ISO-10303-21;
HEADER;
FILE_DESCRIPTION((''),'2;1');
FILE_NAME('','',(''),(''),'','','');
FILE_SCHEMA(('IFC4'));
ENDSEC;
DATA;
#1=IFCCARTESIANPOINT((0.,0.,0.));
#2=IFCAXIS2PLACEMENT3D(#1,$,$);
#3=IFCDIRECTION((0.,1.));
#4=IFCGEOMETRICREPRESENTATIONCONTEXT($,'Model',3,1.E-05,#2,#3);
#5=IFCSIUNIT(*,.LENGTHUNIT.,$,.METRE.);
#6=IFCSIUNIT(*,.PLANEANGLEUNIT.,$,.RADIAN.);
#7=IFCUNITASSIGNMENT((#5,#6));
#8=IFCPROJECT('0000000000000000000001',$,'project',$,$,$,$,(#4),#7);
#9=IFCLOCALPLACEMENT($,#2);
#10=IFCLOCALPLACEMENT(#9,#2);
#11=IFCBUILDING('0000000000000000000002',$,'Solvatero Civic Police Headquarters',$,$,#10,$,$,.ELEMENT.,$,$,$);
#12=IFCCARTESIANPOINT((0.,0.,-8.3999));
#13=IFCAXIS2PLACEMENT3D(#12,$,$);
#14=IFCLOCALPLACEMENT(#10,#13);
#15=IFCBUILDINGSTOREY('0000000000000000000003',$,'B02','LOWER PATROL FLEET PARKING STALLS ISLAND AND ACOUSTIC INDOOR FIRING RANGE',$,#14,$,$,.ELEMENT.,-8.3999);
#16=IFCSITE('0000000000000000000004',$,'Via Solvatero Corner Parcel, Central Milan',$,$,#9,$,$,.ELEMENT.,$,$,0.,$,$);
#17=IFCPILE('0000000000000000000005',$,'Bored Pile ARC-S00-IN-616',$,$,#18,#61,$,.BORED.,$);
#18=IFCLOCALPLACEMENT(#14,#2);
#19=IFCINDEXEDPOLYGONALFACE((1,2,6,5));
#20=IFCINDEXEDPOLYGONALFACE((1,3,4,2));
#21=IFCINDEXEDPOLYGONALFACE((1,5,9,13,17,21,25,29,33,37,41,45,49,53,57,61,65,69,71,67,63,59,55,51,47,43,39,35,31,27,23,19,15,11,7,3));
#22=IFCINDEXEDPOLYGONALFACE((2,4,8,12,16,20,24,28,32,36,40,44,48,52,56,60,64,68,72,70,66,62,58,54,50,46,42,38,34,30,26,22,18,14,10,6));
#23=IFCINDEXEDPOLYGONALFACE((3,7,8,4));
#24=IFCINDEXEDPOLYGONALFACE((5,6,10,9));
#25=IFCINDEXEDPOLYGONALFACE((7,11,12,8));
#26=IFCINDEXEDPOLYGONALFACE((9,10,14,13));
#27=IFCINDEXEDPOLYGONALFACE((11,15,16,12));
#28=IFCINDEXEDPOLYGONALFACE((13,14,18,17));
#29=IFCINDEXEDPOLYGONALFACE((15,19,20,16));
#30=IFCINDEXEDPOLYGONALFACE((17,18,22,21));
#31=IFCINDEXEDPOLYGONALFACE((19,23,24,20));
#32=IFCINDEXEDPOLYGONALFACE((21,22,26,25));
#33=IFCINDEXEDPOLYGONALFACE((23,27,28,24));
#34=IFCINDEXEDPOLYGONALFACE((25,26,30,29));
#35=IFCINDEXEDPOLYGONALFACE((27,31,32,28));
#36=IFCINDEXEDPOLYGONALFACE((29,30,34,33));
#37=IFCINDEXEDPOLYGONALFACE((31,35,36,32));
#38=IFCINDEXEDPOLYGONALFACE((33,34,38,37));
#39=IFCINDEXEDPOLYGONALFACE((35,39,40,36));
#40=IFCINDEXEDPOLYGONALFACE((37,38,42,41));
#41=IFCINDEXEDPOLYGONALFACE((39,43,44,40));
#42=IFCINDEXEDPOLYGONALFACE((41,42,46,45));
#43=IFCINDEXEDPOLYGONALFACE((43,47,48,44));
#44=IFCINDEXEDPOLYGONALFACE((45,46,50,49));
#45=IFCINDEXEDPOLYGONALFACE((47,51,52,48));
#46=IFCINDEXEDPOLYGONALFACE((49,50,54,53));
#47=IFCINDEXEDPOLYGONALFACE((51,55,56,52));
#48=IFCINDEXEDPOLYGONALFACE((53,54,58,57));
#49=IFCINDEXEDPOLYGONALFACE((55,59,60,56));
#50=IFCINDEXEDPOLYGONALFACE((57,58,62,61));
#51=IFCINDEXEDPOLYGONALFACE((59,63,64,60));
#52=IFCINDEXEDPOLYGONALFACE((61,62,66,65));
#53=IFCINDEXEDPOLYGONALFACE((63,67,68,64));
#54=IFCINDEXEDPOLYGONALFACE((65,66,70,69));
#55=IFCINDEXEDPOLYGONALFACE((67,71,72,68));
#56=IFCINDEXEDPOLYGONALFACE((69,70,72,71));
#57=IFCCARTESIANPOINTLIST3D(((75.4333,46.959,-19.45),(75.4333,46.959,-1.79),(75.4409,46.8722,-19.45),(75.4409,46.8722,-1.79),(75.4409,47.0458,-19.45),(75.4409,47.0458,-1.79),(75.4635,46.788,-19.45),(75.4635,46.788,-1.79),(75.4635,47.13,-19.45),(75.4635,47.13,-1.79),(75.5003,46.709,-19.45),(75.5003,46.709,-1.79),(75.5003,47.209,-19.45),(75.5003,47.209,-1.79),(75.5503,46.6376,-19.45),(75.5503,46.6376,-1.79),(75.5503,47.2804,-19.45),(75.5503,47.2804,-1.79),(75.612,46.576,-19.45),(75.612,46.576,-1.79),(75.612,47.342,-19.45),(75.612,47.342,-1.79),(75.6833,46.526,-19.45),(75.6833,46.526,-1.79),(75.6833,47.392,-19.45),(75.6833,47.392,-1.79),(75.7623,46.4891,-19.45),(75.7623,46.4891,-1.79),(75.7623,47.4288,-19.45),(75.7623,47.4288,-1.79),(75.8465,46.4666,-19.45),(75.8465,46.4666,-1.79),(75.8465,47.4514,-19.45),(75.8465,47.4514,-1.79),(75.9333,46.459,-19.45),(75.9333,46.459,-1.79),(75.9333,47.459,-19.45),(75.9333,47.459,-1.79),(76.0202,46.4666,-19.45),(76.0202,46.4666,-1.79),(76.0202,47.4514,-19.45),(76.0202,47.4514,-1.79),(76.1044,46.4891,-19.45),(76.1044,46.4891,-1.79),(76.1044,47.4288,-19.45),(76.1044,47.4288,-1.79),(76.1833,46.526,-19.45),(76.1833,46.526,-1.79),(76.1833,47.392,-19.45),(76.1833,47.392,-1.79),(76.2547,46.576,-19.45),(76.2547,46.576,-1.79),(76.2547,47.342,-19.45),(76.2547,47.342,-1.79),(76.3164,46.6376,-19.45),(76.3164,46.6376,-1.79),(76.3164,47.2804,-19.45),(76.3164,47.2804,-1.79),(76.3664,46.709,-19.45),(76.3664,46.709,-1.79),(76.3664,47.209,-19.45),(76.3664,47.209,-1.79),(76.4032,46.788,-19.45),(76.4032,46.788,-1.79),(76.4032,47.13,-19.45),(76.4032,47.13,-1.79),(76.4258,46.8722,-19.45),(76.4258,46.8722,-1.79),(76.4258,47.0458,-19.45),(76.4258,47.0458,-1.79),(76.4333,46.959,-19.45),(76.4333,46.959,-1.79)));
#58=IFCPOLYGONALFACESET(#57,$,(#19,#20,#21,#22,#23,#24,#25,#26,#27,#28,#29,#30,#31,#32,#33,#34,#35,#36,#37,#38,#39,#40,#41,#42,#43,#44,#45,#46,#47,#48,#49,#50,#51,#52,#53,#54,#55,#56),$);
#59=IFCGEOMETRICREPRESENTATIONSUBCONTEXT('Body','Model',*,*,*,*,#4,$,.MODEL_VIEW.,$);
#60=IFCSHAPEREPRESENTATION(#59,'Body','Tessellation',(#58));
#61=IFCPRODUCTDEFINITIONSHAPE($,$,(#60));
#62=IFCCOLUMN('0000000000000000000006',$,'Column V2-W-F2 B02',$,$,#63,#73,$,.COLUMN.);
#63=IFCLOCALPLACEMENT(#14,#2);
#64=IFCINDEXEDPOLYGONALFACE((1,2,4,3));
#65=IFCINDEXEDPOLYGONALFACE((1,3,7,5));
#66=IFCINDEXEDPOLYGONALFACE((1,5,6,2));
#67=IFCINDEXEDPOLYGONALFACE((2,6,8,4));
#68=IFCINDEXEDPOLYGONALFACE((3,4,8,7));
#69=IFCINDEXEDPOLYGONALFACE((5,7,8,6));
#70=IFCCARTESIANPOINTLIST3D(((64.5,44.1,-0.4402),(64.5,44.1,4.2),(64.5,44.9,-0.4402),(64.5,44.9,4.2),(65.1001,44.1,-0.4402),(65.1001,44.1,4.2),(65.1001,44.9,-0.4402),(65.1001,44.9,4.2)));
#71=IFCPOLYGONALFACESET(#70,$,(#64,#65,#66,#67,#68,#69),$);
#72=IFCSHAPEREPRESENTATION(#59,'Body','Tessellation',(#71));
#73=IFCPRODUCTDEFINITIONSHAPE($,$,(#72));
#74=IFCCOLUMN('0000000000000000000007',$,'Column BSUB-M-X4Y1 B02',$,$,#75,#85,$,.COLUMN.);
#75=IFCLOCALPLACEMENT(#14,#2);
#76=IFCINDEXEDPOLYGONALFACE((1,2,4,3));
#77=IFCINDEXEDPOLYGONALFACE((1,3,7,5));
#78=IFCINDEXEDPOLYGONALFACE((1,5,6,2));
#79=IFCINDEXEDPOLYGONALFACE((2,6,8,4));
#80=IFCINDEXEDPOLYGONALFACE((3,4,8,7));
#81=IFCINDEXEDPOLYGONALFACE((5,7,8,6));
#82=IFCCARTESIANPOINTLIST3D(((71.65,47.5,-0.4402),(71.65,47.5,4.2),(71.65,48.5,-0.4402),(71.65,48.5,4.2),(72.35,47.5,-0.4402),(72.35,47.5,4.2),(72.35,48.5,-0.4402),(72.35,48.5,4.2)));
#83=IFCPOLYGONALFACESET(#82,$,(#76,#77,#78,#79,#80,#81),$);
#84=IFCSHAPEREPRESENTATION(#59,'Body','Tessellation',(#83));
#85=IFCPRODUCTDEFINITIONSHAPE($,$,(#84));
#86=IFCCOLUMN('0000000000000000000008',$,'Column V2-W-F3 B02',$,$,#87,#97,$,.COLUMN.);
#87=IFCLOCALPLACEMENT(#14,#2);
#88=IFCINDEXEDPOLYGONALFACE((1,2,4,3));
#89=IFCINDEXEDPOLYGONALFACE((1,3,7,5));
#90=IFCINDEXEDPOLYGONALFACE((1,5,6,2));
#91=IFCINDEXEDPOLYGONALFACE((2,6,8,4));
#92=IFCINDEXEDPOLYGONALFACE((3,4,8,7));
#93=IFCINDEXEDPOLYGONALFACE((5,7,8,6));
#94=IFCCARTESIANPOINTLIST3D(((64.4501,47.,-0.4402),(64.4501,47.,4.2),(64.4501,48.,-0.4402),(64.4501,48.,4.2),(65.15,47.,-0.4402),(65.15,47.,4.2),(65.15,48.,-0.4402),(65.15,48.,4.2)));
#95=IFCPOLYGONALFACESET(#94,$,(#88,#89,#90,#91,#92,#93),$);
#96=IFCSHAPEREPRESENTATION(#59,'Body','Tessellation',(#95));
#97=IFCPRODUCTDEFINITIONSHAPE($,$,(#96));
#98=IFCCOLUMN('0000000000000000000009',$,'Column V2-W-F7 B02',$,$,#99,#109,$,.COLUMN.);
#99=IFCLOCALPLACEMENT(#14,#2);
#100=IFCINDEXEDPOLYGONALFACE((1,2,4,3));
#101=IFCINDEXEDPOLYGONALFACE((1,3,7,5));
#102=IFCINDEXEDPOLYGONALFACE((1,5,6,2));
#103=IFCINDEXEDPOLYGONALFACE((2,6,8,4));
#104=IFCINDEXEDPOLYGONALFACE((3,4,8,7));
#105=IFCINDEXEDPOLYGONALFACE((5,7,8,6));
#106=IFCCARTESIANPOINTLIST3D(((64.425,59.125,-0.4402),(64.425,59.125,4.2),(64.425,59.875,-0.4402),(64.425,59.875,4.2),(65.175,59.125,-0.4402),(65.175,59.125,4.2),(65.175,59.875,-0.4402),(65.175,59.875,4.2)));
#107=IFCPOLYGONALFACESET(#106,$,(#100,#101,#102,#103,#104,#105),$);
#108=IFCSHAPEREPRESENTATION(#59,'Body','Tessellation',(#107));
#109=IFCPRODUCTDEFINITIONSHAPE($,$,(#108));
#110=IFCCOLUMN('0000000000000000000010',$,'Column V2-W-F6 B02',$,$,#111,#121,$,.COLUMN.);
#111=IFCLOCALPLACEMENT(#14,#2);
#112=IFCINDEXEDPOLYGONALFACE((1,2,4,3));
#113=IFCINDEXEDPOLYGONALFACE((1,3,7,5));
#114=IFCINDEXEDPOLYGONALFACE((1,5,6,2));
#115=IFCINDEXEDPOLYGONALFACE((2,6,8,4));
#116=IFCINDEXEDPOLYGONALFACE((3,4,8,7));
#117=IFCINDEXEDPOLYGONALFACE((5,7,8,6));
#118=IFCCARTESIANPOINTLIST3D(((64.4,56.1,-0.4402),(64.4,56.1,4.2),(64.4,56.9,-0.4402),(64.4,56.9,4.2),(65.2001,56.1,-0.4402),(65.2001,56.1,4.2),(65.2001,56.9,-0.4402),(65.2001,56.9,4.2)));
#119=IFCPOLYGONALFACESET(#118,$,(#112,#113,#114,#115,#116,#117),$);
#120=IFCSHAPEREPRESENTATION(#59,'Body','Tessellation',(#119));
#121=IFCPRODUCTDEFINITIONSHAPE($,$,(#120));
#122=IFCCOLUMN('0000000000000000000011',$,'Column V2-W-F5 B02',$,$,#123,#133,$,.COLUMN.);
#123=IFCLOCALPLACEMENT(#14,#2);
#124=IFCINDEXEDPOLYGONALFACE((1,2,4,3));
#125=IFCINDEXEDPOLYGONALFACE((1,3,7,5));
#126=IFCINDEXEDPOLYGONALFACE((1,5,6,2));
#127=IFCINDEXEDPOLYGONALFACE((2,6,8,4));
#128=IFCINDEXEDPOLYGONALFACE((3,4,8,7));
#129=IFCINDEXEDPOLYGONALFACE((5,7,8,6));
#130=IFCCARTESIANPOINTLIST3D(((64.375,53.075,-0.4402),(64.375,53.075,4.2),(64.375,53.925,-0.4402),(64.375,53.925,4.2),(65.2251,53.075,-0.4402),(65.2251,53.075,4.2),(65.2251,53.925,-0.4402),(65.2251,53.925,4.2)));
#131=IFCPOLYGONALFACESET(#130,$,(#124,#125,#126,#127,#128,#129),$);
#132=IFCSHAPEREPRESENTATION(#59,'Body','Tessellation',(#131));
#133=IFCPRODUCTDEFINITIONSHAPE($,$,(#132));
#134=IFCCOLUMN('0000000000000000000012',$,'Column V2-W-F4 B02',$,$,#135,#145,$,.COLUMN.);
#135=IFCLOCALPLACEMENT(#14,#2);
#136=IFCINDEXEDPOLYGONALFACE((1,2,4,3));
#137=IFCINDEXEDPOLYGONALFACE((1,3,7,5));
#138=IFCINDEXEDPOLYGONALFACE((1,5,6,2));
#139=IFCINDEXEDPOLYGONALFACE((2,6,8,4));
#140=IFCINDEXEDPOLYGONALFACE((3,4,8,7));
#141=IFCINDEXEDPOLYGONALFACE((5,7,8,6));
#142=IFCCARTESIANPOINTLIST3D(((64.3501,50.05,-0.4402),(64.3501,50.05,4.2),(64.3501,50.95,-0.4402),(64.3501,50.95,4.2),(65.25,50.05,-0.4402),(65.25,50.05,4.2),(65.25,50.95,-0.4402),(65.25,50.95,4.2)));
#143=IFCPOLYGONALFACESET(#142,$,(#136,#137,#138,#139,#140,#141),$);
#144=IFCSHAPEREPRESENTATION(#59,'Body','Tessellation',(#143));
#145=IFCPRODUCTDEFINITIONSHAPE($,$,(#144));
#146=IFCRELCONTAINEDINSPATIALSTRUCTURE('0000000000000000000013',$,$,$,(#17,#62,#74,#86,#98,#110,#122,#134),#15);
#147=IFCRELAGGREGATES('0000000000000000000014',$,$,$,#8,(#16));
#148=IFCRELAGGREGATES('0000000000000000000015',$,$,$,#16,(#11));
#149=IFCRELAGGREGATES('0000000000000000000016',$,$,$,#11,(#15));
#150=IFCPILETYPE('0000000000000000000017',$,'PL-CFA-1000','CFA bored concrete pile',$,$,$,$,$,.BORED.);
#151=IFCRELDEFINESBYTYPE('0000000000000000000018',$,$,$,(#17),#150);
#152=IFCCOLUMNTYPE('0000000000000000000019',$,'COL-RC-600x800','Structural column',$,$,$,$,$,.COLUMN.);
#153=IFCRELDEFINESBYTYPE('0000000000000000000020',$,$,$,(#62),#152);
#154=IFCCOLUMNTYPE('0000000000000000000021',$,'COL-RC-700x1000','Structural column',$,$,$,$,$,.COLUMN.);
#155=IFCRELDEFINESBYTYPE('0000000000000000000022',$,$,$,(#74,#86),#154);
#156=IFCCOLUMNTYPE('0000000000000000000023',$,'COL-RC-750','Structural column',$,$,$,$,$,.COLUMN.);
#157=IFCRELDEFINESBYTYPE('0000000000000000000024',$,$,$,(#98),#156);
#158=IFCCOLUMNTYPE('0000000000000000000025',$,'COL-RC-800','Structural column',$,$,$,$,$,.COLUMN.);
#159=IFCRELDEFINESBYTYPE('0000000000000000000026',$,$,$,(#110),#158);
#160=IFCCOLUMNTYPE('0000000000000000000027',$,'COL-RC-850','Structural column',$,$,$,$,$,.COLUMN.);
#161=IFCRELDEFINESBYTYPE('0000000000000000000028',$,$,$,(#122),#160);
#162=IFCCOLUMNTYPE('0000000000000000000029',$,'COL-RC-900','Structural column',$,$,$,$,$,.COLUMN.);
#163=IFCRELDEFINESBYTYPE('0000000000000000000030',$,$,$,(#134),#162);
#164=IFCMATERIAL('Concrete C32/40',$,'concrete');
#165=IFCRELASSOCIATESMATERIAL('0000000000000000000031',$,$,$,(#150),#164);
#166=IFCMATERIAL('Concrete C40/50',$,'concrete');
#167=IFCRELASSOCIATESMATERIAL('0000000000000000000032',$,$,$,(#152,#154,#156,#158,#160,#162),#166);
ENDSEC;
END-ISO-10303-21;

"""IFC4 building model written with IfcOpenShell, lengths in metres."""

from ifc_helpers import new_model, si_unit, direction, frame, origin, origin_2d, place, context, subcontext, project, spatial, rectangle, circle, extrude, material, material_profile, profile_set, type_object, element, save


model = new_model("IFC4")

# Units and contexts
model_context = context("Model", 3, precision=1e-05, world=origin(), true_north=direction((0.0, 1.0)))
body_context = subcontext(model_context, "Body", "Model", "MODEL_VIEW")
ifc_project = project(units=[si_unit("LENGTHUNIT", "METRE"), si_unit("PLANEANGLEUNIT", "RADIAN")], contexts=[model_context])

# Site, building, storey
site_placement = place(None, origin())
site = spatial("IfcSite", under=ifc_project, at=site_placement, Name="Via Solvatero Corner Parcel, Central Milan", CompositionType="ELEMENT", RefElevation=0.0)
building_placement = place(site_placement, origin())
building = spatial("IfcBuilding", under=site, at=building_placement, Name="Solvatero Civic Police Headquarters", CompositionType="ELEMENT")
storey_placement = place(building_placement, frame((0.0, 0.0, -8.3999)))
storey = spatial("IfcBuildingStorey", under=building, at=storey_placement, Name="B02", Description="LOWER PATROL FLEET PARKING STALLS ISLAND AND ACOUSTIC INDOOR FIRING RANGE", CompositionType="ELEMENT", Elevation=-8.3999)

# Pile
ifc_material_1 = material(Name="Concrete C32/40", Category="concrete")
ifc_material_profile_1 = material_profile(ifc_material_1, circle(Radius=0.5, at=origin_2d()), Name="CFA PILE D1000")
ifc_profile_set_1 = profile_set([ifc_material_profile_1], Name="Concrete C32/40")
pile_type = type_object("IfcPileType", Name="PL-CFA-1000", Description="CFA bored concrete pile", PredefinedType="BORED", material=ifc_profile_set_1)
for number, where, z_axis, x_axis, name in (
    (1, (75.9333, 46.959, -1.79), (0.0, 0.0, -1.0), (1.0, 0.0, 0.0), "Bored Pile ARC-S00-IN-616"),
):
    element("IfcPile", number, at=place(storey_placement, frame(where, z_axis=z_axis, x_axis=x_axis)), inside=storey, type_object=pile_type, Name=name, PredefinedType="BORED", context=body_context, shape_type="SweptSolid", body=[
        extrude(circle(Radius=0.5, at=origin_2d()), origin(), (0.0, 0.0, 1.0), 17.6599),
    ])

# Columns
ifc_material_2 = material(Name="Concrete C40/50", Category="concrete")
ifc_material_profile_2 = material_profile(ifc_material_2, rectangle(XDim=0.6001, YDim=0.8, at=origin_2d()), Name="RC 600x800")
ifc_profile_set_2 = profile_set([ifc_material_profile_2], Name="Concrete C40/50")
column_type_1 = type_object("IfcColumnType", Name="COL-RC-600x800", Description="Structural column", PredefinedType="COLUMN", material=ifc_profile_set_2)
column_1_placement = place(storey_placement, frame((64.8, 44.5, -0.4402), z_axis=(0.0, 0.0, 1.0), x_axis=(1.0, 0.0, 0.0)))
element("IfcColumn", 2, at=column_1_placement, inside=storey, type_object=column_type_1, Name="Column V2-W-F2 B02", PredefinedType="COLUMN", context=body_context, shape_type="SweptSolid", body=[
    extrude(rectangle(XDim=0.6001, YDim=0.8, at=origin_2d()), origin(), (0.0, 0.0, 1.0), 4.6401),
])
ifc_material_profile_3 = material_profile(ifc_material_2, rectangle(XDim=0.7, YDim=1.0, at=origin_2d()), Name="RC 700x1000")
ifc_profile_set_3 = profile_set([ifc_material_profile_3], Name="Concrete C40/50")
column_type_2 = type_object("IfcColumnType", Name="COL-RC-700x1000", Description="Structural column", PredefinedType="COLUMN", material=ifc_profile_set_3)
for number, where, z_axis, x_axis, name in (
    (3, (72.0, 48.0, -0.4402), (0.0, 0.0, 1.0), (1.0, 0.0, 0.0), "Column BSUB-M-X4Y1 B02"),
    (4, (64.8, 47.5, -0.4402), (0.0, 0.0, 1.0), (1.0, 0.0, 0.0), "Column V2-W-F3 B02"),
):
    element("IfcColumn", number, at=place(storey_placement, frame(where, z_axis=z_axis, x_axis=x_axis)), inside=storey, type_object=column_type_2, Name=name, PredefinedType="COLUMN", context=body_context, shape_type="SweptSolid", body=[
        extrude(rectangle(XDim=0.7, YDim=1.0, at=origin_2d()), origin(), (0.0, 0.0, 1.0), 4.6401),
    ])
ifc_material_profile_4 = material_profile(ifc_material_2, rectangle(XDim=0.75, YDim=0.75, at=origin_2d()), Name="RC 750x750")
ifc_profile_set_4 = profile_set([ifc_material_profile_4], Name="Concrete C40/50")
column_type_3 = type_object("IfcColumnType", Name="COL-RC-750", Description="Structural column", PredefinedType="COLUMN", material=ifc_profile_set_4)
column_2_placement = place(storey_placement, frame((64.8, 59.5, -0.4402), z_axis=(0.0, 0.0, 1.0), x_axis=(1.0, 0.0, 0.0)))
element("IfcColumn", 5, at=column_2_placement, inside=storey, type_object=column_type_3, Name="Column V2-W-F7 B02", PredefinedType="COLUMN", context=body_context, shape_type="SweptSolid", body=[
    extrude(rectangle(XDim=0.75, YDim=0.75, at=origin_2d()), origin(), (0.0, 0.0, 1.0), 4.6401),
])
ifc_material_profile_5 = material_profile(ifc_material_2, rectangle(XDim=0.8, YDim=0.8, at=origin_2d()), Name="RC 800x800")
ifc_profile_set_5 = profile_set([ifc_material_profile_5], Name="Concrete C40/50")
column_type_4 = type_object("IfcColumnType", Name="COL-RC-800", Description="Structural column", PredefinedType="COLUMN", material=ifc_profile_set_5)
column_3_placement = place(storey_placement, frame((64.8, 56.5, -0.4402), z_axis=(0.0, 0.0, 1.0), x_axis=(1.0, 0.0, 0.0)))
element("IfcColumn", 6, at=column_3_placement, inside=storey, type_object=column_type_4, Name="Column V2-W-F6 B02", PredefinedType="COLUMN", context=body_context, shape_type="SweptSolid", body=[
    extrude(rectangle(XDim=0.8, YDim=0.8, at=origin_2d()), origin(), (0.0, 0.0, 1.0), 4.6401),
])
ifc_material_profile_6 = material_profile(ifc_material_2, rectangle(XDim=0.8501, YDim=0.8501, at=origin_2d()), Name="RC 850x850")
ifc_profile_set_6 = profile_set([ifc_material_profile_6], Name="Concrete C40/50")
column_type_5 = type_object("IfcColumnType", Name="COL-RC-850", Description="Structural column", PredefinedType="COLUMN", material=ifc_profile_set_6)
column_4_placement = place(storey_placement, frame((64.8, 53.5, -0.4402), z_axis=(0.0, 0.0, 1.0), x_axis=(1.0, 0.0, 0.0)))
element("IfcColumn", 7, at=column_4_placement, inside=storey, type_object=column_type_5, Name="Column V2-W-F5 B02", PredefinedType="COLUMN", context=body_context, shape_type="SweptSolid", body=[
    extrude(rectangle(XDim=0.8501, YDim=0.8501, at=origin_2d()), origin(), (0.0, 0.0, 1.0), 4.6401),
])
ifc_material_profile_7 = material_profile(ifc_material_2, rectangle(XDim=0.8999, YDim=0.8999, at=origin_2d()), Name="RC 900x900")
ifc_profile_set_7 = profile_set([ifc_material_profile_7], Name="Concrete C40/50")
column_type_6 = type_object("IfcColumnType", Name="COL-RC-900", Description="Structural column", PredefinedType="COLUMN", material=ifc_profile_set_7)
column_5_placement = place(storey_placement, frame((64.8, 50.5, -0.4402), z_axis=(0.0, 0.0, 1.0), x_axis=(1.0, 0.0, 0.0)))
element("IfcColumn", 8, at=column_5_placement, inside=storey, type_object=column_type_6, Name="Column V2-W-F4 B02", PredefinedType="COLUMN", context=body_context, shape_type="SweptSolid", body=[
    extrude(rectangle(XDim=0.8999, YDim=0.8999, at=origin_2d()), origin(), (0.0, 0.0, 1.0), 4.6401),
])

save(model, "model.ifc")
